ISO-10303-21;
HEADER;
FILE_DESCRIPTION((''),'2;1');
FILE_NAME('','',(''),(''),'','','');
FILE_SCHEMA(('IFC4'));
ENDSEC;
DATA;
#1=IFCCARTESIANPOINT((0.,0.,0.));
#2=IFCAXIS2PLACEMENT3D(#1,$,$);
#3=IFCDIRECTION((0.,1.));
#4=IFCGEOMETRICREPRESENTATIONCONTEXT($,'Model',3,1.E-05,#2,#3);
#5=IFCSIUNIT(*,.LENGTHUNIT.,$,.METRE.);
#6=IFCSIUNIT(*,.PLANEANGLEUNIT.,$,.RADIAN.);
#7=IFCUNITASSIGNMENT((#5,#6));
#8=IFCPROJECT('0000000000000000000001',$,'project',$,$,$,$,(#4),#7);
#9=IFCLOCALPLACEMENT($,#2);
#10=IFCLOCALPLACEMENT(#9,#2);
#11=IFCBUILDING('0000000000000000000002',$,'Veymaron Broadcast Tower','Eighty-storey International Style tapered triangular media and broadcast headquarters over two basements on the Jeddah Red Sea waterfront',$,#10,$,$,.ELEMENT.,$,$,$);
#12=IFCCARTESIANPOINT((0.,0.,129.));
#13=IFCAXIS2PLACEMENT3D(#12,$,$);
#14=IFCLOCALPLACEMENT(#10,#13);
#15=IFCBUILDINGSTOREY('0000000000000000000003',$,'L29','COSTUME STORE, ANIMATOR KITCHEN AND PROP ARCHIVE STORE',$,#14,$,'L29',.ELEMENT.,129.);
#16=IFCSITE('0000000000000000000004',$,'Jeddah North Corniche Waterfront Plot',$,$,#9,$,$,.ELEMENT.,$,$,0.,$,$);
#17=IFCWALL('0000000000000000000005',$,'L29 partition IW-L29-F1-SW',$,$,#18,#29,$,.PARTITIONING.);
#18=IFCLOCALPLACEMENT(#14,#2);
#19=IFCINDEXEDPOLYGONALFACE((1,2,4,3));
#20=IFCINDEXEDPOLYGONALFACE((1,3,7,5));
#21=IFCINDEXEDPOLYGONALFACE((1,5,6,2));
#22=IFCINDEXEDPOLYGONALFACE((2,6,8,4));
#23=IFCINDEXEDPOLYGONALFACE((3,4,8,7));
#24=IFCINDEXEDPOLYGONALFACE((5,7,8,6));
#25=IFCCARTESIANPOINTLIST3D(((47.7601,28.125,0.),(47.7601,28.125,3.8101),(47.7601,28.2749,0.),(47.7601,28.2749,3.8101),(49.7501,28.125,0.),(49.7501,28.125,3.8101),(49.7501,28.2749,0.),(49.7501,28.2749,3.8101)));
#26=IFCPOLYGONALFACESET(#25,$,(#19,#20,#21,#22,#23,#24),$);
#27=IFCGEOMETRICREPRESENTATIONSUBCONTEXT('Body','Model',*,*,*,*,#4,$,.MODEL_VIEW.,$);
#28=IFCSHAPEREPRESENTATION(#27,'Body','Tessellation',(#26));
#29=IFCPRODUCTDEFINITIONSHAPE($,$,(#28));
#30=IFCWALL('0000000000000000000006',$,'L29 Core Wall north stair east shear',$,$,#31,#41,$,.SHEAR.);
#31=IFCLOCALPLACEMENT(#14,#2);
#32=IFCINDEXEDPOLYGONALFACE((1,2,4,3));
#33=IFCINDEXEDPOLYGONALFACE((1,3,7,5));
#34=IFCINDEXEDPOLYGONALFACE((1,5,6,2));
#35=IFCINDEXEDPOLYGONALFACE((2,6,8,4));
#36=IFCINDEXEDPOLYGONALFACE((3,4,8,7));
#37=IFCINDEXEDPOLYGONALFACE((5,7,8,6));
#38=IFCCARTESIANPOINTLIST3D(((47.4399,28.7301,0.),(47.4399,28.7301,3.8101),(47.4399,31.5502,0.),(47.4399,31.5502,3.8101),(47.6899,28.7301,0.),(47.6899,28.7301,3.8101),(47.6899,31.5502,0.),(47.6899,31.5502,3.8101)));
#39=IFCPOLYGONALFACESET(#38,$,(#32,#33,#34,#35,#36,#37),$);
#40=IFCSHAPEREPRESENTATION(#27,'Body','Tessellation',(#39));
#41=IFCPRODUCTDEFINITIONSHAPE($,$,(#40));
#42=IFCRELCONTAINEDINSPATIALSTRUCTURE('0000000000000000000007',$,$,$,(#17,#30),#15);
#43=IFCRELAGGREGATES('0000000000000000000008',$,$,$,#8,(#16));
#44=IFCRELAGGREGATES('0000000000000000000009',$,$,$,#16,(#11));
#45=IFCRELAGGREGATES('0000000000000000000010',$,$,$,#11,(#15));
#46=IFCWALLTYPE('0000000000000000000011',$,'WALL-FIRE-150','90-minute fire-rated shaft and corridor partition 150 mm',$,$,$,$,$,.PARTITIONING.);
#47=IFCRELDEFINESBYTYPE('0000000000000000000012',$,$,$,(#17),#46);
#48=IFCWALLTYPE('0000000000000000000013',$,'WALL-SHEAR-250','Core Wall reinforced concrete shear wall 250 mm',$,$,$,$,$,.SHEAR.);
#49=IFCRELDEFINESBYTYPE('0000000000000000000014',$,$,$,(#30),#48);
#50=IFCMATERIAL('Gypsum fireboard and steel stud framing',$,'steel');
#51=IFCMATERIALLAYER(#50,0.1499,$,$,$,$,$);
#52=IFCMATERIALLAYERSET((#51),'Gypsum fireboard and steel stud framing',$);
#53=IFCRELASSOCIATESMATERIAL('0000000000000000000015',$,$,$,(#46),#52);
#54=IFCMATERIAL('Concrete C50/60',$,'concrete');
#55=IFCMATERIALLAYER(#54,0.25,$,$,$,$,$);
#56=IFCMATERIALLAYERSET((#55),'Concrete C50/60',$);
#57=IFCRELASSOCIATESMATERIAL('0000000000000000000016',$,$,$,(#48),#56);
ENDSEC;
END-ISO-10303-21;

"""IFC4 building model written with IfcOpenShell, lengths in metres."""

from ifc_helpers import new_model, si_unit, direction, frame, frame_2d, origin, place, context, subcontext, project, spatial, rectangle, extrude, material, layer, layer_set, type_object, element, save


model = new_model("IFC4")

# Units and contexts
model_context = context("Model", 3, precision=1e-05, world=origin(), true_north=direction((0.0, 1.0)))
body_context = subcontext(model_context, "Body", "Model", "MODEL_VIEW")
ifc_project = project(units=[si_unit("LENGTHUNIT", "METRE"), si_unit("PLANEANGLEUNIT", "RADIAN")], contexts=[model_context])

# Site, building, storey
site_placement = place(None, origin())
site = spatial("IfcSite", under=ifc_project, at=site_placement, Name="Jeddah North Corniche Waterfront Plot", CompositionType="ELEMENT", RefElevation=0.0)
building_placement = place(site_placement, origin())
building = spatial("IfcBuilding", under=site, at=building_placement, Name="Veymaron Broadcast Tower", Description="Eighty-storey International Style tapered triangular media and broadcast headquarters over two basements on the Jeddah Red Sea waterfront", CompositionType="ELEMENT")
storey_placement = place(building_placement, frame((0.0, 0.0, 129.0)))
storey = spatial("IfcBuildingStorey", under=building, at=storey_placement, Name="L29", Description="COSTUME STORE, ANIMATOR KITCHEN AND PROP ARCHIVE STORE", LongName="L29", CompositionType="ELEMENT", Elevation=129.0)

# Shared definitions
ifc_material_1 = material(Name="Gypsum fireboard and steel stud framing", Category="steel")
ifc_layer_1 = layer(ifc_material_1, 0.1499)
ifc_layer_set_1 = layer_set([ifc_layer_1], Name="Gypsum fireboard and steel stud framing")
wall_type_1 = type_object("IfcWallType", Name="WALL-FIRE-150", Description="90-minute fire-rated shaft and corridor partition 150 mm", PredefinedType="PARTITIONING", material=ifc_layer_set_1)

# Wall
wall_1_placement = place(storey_placement, frame((47.76, 28.2, 0.0), z_axis=(0.0, 0.0, 1.0), x_axis=(1.0, 0.0, 0.0)))
element("IfcWall", 1, at=wall_1_placement, inside=storey, type_object=wall_type_1, Name="L29 partition IW-L29-F1-SW", PredefinedType="PARTITIONING", context=body_context, shape_type="SweptSolid", body=[
    extrude(rectangle(XDim=1.99, YDim=0.1499, at=frame_2d((0.9951, 0.0))), origin(), (0.0, 0.0, 1.0), 3.8101),
])

# Wall
ifc_material_2 = material(Name="Concrete C50/60", Category="concrete")
ifc_layer_2 = layer(ifc_material_2, 0.25)
ifc_layer_set_2 = layer_set([ifc_layer_2], Name="Concrete C50/60")
wall_type_2 = type_object("IfcWallType", Name="WALL-SHEAR-250", Description="Core Wall reinforced concrete shear wall 250 mm", PredefinedType="SHEAR", material=ifc_layer_set_2)
wall_2_placement = place(storey_placement, frame((47.5649, 28.73, 0.0), z_axis=(0.0, 0.0, 1.0), x_axis=(0.0, 1.0, 0.0)))
element("IfcWall", 2, at=wall_2_placement, inside=storey, type_object=wall_type_2, Name="L29 Core Wall north stair east shear", PredefinedType="SHEAR", context=body_context, shape_type="SweptSolid", body=[
    extrude(rectangle(XDim=2.8201, YDim=0.25, at=frame_2d((1.4102, 0.0))), origin(), (0.0, 0.0, 1.0), 3.8101),
])

save(model, "model.ifc")
